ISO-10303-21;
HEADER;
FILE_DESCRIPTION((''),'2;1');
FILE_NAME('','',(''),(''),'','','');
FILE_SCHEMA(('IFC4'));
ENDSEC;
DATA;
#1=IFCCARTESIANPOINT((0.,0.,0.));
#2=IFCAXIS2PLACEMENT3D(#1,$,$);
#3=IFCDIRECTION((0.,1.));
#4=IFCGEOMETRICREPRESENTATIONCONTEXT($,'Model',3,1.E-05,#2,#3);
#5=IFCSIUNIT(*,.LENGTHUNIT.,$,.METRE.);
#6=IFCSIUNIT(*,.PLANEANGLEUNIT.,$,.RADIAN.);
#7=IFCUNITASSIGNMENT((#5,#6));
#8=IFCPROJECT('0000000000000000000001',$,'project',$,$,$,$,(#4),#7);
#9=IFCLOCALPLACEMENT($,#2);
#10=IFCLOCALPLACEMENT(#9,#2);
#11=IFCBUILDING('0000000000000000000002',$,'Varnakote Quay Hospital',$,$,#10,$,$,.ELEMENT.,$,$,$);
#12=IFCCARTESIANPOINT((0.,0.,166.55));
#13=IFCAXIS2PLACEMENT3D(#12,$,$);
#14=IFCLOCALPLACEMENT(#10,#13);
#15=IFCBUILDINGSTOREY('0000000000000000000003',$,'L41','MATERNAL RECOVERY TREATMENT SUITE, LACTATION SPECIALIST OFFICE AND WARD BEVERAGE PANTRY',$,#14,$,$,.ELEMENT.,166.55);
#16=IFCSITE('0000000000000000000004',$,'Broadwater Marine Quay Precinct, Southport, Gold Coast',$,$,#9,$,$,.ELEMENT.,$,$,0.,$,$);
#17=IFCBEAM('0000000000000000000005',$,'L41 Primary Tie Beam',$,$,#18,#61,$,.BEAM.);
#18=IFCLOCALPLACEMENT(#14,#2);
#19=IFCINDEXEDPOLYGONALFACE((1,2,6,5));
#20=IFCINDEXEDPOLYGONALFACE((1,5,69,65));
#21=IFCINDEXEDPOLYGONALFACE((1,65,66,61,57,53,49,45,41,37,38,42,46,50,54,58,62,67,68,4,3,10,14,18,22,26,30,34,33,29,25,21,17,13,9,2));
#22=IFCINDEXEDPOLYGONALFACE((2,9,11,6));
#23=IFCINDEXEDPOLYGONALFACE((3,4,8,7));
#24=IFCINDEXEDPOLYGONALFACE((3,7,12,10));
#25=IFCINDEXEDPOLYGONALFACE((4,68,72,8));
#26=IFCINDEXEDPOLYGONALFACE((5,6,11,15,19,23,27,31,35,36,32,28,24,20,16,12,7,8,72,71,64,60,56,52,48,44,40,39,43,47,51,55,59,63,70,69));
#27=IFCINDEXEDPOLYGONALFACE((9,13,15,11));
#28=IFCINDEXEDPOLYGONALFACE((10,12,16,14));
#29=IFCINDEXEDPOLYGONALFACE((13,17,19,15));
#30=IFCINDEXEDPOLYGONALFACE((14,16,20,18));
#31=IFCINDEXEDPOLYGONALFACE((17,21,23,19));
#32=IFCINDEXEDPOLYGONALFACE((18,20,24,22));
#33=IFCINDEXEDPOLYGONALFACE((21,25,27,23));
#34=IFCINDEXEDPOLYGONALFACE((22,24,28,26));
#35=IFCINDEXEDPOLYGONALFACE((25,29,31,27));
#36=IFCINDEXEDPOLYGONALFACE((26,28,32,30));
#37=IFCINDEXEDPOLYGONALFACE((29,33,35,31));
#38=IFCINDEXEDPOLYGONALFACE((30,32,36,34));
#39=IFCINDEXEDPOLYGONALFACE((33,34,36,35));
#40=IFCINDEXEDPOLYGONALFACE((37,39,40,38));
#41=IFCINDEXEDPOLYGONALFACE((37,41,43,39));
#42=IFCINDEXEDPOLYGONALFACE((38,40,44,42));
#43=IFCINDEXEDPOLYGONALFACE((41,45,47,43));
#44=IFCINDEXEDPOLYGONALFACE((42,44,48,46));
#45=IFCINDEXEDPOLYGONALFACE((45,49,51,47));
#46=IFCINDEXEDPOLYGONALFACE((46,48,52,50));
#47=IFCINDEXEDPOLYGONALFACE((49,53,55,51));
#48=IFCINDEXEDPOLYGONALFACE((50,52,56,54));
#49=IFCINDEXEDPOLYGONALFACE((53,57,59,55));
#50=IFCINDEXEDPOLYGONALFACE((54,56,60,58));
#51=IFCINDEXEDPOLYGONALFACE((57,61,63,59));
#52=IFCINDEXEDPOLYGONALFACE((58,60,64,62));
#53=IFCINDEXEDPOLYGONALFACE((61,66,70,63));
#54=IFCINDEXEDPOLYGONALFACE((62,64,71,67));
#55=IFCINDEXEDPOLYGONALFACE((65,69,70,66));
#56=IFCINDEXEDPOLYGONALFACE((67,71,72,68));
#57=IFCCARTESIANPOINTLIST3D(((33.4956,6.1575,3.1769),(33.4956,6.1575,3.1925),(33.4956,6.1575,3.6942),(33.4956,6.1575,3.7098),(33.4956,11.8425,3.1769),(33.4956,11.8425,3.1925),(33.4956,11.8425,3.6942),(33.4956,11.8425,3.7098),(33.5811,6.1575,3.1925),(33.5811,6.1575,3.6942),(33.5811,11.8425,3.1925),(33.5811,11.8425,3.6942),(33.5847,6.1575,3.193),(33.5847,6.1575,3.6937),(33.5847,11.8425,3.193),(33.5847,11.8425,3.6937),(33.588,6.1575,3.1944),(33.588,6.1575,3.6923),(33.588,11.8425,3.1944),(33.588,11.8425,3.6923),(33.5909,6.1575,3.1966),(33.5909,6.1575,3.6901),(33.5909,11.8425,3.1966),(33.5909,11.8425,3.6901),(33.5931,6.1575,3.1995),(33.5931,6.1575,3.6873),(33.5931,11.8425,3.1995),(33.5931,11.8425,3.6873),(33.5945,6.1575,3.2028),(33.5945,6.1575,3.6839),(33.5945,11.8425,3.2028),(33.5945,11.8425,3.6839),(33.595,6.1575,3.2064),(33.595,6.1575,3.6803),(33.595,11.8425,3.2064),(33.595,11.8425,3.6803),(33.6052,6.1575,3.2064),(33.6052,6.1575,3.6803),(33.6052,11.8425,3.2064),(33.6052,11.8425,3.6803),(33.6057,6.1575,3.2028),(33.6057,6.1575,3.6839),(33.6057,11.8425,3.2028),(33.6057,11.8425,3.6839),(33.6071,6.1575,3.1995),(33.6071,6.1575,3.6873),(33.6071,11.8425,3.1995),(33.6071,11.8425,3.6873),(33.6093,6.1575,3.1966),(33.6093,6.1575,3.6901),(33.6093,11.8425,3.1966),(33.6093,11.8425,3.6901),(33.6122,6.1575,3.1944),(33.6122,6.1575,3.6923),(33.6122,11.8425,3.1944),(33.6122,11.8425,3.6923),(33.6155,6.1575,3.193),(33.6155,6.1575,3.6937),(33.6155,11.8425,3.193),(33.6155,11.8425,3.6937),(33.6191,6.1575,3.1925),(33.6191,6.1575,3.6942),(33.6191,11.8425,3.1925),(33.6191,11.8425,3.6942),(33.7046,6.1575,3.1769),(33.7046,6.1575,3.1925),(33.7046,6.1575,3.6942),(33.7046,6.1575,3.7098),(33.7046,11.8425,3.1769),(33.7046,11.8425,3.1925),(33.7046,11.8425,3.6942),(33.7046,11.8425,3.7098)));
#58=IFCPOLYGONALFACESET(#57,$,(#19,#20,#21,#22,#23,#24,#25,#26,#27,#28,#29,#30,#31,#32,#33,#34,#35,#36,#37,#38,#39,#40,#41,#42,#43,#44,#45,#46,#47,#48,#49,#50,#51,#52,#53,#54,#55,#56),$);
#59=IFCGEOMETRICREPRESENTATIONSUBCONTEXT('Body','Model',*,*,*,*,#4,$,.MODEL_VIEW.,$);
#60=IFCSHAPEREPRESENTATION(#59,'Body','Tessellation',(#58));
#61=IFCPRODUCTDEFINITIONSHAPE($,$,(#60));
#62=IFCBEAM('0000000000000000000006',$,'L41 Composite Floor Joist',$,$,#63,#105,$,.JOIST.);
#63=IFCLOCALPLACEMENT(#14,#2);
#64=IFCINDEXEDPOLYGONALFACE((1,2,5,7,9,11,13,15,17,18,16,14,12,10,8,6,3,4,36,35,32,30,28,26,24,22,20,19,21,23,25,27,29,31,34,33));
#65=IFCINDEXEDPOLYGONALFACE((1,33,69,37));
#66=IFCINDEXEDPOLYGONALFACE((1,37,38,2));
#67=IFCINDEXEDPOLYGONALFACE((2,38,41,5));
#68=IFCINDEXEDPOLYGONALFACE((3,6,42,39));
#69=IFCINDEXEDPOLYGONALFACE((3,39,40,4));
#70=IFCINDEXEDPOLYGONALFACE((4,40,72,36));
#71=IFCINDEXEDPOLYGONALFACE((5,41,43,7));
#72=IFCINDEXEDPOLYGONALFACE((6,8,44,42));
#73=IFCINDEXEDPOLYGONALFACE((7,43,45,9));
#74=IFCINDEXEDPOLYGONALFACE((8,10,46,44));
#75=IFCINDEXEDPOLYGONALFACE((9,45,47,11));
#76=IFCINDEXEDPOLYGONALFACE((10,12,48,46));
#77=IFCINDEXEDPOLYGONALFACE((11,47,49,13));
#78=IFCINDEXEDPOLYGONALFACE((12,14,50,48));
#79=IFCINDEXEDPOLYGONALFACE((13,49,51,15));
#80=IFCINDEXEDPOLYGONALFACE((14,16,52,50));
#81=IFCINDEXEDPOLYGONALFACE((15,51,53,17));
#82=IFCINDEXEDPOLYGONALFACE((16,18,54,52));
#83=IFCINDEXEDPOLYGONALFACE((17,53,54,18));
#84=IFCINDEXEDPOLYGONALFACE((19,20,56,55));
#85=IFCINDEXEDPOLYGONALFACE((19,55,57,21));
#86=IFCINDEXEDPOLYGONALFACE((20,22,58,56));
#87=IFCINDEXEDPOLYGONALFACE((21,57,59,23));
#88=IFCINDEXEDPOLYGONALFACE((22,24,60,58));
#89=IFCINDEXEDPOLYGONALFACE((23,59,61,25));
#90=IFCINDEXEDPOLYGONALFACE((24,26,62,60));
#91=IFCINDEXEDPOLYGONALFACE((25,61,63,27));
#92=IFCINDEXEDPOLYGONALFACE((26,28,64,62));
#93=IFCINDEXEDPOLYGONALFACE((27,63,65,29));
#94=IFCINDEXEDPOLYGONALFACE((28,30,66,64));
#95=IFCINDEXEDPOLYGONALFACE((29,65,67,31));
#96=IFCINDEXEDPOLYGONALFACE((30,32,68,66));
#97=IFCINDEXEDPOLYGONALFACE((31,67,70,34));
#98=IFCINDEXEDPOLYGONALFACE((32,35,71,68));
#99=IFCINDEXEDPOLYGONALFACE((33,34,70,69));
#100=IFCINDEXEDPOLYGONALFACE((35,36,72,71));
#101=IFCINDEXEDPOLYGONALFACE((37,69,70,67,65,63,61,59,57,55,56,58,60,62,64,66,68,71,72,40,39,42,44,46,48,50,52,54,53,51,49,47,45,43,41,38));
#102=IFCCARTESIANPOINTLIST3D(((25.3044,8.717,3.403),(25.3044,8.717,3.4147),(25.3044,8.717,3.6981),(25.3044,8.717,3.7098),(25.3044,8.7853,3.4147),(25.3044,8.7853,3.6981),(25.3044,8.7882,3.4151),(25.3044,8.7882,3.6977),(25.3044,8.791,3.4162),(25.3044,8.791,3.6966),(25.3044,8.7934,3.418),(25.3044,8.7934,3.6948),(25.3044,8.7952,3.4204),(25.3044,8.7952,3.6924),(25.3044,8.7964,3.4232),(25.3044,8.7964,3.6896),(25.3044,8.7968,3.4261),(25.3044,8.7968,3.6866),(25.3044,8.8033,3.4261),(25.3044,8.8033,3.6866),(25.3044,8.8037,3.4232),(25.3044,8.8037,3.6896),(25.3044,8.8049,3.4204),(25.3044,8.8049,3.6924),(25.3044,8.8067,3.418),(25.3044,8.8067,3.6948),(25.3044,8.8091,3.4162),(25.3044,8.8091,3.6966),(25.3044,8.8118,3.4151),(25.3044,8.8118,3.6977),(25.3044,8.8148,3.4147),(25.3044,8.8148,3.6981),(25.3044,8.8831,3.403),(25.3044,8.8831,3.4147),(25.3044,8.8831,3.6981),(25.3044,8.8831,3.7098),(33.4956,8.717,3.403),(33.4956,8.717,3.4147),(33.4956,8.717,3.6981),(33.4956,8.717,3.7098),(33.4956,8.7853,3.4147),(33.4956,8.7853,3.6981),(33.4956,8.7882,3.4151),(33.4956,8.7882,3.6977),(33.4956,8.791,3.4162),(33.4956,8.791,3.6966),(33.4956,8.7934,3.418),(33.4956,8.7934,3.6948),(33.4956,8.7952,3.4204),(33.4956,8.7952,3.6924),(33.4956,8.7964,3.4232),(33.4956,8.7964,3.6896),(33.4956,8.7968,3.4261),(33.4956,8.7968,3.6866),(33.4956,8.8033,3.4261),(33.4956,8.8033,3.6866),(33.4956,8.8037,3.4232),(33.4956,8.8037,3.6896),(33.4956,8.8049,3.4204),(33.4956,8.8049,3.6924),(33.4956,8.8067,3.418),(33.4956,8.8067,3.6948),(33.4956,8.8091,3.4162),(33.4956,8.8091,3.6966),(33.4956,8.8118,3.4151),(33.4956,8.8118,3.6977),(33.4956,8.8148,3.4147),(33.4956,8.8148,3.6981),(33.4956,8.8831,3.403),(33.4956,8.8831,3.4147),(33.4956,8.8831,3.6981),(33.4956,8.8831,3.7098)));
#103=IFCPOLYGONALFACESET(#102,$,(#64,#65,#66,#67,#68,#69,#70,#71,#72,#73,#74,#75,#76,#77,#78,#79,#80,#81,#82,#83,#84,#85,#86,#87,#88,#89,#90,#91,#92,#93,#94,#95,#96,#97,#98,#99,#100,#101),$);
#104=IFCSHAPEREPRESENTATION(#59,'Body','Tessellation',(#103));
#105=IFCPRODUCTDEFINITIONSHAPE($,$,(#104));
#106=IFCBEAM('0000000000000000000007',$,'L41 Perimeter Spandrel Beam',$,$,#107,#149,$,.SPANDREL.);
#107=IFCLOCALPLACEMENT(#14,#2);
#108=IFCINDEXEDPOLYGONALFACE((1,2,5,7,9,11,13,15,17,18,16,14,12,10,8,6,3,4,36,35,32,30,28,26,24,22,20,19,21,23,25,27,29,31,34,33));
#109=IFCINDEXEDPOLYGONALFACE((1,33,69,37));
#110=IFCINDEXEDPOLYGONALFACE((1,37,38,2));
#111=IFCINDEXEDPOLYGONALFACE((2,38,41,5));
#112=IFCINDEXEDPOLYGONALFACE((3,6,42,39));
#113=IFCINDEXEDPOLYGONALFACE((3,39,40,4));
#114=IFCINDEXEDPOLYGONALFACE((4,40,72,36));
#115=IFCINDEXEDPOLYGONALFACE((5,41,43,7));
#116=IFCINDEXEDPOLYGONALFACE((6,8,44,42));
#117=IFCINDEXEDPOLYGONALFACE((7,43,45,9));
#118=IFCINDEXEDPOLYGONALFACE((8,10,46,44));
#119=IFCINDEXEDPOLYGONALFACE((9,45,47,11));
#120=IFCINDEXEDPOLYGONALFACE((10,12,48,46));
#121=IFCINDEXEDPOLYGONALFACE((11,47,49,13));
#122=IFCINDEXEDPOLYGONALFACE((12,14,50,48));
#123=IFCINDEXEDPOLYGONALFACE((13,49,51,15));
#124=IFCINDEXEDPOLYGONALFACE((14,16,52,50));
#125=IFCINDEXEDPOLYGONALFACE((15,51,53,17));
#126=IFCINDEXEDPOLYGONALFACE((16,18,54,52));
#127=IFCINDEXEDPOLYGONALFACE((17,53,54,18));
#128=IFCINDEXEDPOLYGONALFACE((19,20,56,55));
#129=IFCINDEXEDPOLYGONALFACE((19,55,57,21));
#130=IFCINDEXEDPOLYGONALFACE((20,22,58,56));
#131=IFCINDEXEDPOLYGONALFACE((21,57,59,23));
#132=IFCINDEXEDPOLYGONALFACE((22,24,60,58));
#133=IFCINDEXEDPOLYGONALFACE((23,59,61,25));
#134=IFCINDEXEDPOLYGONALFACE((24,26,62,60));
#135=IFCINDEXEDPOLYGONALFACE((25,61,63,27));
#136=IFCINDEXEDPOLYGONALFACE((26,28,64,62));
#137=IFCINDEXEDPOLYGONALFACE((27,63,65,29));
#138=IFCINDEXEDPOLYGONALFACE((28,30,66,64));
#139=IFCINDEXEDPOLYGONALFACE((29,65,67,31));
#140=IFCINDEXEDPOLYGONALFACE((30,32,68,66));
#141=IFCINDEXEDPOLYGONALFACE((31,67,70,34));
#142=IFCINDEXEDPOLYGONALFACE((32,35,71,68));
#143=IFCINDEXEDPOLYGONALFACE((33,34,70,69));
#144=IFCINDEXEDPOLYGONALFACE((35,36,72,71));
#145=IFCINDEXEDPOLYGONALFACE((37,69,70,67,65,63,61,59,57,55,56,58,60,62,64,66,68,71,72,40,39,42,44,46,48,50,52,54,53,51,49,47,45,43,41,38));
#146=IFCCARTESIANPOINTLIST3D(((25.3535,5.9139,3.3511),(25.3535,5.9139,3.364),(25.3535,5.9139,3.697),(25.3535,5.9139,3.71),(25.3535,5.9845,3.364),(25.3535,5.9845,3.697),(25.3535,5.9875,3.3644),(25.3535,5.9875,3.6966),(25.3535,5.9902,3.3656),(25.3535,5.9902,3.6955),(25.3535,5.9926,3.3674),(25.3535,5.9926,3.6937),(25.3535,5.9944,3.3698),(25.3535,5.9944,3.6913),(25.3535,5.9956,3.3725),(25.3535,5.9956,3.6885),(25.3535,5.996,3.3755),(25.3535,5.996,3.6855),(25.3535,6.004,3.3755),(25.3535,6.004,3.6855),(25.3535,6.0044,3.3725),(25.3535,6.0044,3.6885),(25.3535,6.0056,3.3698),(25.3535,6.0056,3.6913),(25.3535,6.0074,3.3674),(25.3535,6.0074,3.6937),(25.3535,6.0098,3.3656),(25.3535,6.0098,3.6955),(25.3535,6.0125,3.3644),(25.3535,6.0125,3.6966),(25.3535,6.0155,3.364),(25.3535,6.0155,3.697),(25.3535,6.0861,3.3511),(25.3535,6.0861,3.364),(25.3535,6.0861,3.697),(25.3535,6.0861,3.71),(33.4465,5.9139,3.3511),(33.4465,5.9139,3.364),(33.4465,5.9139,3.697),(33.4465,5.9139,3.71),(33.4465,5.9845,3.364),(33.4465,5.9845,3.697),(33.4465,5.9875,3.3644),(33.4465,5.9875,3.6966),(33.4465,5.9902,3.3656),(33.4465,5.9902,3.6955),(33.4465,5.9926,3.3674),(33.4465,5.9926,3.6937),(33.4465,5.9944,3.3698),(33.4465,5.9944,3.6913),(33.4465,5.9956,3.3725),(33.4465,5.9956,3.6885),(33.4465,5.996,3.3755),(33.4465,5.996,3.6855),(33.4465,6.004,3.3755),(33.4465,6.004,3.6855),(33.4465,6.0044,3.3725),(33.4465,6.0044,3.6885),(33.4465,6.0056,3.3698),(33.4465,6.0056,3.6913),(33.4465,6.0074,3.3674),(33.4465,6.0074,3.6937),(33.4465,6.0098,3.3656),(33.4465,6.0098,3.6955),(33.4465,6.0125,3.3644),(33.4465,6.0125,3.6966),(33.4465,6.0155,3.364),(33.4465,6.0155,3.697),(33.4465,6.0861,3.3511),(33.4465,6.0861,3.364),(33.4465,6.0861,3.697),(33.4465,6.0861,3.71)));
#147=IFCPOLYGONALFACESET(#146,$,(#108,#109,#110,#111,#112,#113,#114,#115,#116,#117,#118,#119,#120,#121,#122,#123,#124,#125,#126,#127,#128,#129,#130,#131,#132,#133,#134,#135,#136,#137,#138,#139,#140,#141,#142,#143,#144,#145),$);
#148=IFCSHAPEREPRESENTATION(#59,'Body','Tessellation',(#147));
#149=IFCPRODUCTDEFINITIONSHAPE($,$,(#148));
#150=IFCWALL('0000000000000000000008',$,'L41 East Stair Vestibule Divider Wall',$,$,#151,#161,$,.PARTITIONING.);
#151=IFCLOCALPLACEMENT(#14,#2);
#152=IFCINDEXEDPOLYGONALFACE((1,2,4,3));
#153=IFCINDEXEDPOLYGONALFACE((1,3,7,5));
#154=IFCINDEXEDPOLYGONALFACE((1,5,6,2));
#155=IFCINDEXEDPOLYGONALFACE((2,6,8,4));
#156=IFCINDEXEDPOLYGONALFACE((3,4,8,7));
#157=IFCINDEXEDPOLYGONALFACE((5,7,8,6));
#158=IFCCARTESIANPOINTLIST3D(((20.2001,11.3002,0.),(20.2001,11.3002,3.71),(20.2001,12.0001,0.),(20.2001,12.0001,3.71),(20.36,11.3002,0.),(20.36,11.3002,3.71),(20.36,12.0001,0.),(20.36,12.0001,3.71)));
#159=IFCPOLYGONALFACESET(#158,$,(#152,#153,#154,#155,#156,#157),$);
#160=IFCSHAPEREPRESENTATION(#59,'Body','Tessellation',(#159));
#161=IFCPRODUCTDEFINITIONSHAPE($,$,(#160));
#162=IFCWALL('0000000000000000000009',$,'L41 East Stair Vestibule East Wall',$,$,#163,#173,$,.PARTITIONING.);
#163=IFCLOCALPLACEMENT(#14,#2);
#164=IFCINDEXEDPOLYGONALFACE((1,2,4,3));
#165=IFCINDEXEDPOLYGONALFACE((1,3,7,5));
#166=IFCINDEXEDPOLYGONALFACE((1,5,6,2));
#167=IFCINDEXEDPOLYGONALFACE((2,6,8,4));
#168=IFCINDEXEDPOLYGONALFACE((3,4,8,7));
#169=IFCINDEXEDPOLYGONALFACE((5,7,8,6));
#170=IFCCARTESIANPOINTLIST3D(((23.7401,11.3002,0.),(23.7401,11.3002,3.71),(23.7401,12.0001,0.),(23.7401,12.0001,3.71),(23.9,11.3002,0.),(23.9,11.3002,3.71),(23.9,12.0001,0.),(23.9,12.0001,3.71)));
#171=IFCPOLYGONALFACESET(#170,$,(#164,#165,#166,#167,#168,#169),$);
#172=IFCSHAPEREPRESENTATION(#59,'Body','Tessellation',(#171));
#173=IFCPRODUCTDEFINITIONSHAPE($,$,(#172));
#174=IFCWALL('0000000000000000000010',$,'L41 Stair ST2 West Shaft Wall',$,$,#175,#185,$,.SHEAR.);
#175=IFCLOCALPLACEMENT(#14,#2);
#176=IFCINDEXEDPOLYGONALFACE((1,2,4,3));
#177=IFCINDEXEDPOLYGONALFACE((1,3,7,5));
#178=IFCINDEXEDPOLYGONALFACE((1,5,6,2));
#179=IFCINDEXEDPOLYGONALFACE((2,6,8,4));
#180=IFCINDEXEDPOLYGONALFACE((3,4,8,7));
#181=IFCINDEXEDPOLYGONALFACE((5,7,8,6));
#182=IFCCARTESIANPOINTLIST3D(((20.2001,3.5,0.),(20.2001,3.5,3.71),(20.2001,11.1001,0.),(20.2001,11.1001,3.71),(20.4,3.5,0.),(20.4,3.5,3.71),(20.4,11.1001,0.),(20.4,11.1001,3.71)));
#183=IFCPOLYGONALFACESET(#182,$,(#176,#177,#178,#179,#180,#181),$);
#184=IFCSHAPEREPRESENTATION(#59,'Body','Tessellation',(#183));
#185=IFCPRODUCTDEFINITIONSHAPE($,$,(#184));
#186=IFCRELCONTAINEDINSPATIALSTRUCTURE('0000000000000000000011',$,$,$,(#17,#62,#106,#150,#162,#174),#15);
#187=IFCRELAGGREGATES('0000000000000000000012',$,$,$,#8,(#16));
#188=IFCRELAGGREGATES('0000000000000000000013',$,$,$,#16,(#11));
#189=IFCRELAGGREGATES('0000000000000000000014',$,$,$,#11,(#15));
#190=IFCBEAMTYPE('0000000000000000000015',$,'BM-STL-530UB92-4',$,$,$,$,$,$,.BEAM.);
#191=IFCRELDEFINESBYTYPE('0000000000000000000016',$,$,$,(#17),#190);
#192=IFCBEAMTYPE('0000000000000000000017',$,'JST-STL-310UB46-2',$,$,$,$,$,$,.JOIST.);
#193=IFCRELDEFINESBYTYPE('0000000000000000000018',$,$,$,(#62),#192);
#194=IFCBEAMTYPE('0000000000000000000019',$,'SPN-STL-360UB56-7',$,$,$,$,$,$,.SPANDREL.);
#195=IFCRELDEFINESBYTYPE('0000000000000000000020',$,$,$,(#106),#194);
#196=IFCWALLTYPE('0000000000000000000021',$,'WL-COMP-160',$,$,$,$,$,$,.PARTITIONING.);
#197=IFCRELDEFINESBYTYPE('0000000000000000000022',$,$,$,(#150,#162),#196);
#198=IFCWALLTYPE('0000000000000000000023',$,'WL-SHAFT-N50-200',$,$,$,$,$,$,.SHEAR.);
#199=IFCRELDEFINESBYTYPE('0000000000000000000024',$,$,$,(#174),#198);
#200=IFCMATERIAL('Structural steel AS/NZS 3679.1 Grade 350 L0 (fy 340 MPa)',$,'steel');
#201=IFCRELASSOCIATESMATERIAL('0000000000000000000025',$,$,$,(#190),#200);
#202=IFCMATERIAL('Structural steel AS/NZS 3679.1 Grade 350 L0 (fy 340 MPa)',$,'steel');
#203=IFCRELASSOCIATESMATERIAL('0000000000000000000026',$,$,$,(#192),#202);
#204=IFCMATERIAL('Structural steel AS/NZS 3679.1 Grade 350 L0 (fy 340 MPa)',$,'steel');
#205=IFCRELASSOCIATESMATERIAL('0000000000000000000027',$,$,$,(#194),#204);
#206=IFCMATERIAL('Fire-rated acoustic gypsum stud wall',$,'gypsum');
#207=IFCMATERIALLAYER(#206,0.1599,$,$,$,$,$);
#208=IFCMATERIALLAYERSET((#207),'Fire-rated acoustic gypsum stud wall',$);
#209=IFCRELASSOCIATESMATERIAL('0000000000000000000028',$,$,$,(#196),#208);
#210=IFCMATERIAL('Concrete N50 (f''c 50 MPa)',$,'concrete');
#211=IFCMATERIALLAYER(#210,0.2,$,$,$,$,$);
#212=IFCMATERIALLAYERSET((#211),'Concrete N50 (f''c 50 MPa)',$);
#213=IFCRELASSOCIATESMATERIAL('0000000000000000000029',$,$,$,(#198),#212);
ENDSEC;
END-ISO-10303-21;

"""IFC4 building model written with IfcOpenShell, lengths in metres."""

from ifc_helpers import new_model, si_unit, direction, frame, frame_2d, origin, origin_2d, place, context, subcontext, project, spatial, rectangle, i_section, extrude, material, layer, layer_set, material_profile, profile_set, type_object, element, save


model = new_model("IFC4")

# Units and contexts
model_context = context("Model", 3, precision=1e-05, world=origin(), true_north=direction((0.0, 1.0)))
body_context = subcontext(model_context, "Body", "Model", "MODEL_VIEW")
ifc_project = project(units=[si_unit("LENGTHUNIT", "METRE"), si_unit("PLANEANGLEUNIT", "RADIAN")], contexts=[model_context])

# Site, building, storey
site_placement = place(None, origin())
site = spatial("IfcSite", under=ifc_project, at=site_placement, Name="Broadwater Marine Quay Precinct, Southport, Gold Coast", CompositionType="ELEMENT", RefElevation=0.0)
building_placement = place(site_placement, origin())
building = spatial("IfcBuilding", under=site, at=building_placement, Name="Varnakote Quay Hospital", CompositionType="ELEMENT")
storey_placement = place(building_placement, frame((0.0, 0.0, 166.55)))
storey = spatial("IfcBuildingStorey", under=building, at=storey_placement, Name="L41", Description="MATERNAL RECOVERY TREATMENT SUITE, LACTATION SPECIALIST OFFICE AND WARD BEVERAGE PANTRY", CompositionType="ELEMENT", Elevation=166.55)

# Beams
ifc_material_1 = material(Name="Structural steel AS/NZS 3679.1 Grade 350 L0 (fy 340 MPa)", Category="steel")
ifc_material_profile_1 = material_profile(ifc_material_1, i_section(OverallWidth=0.209, OverallDepth=0.533, WebThickness=0.0103, FlangeThickness=0.0156, FilletRadius=0.0139, at=origin_2d()), Name="530UB92.4")
ifc_profile_set_1 = profile_set([ifc_material_profile_1], Name="Structural steel AS/NZS 3679.1 Grade 350 L0 (fy 340 MPa)")
beam_type_1 = type_object("IfcBeamType", Name="BM-STL-530UB92-4", PredefinedType="BEAM", material=ifc_profile_set_1)
for number, where, z_axis, x_axis, name in (
    (1, (33.6001, 6.1575, 3.4434), (0.0, 1.0, 0.0), (-1.0, 0.0, 0.0), "L41 Primary Tie Beam"),
):
    element("IfcBeam", number, at=place(storey_placement, frame(where, z_axis=z_axis, x_axis=x_axis)), inside=storey, type_object=beam_type_1, Name=name, PredefinedType="BEAM", context=body_context, shape_type="SweptSolid", body=[
        extrude(i_section(OverallWidth=0.209, OverallDepth=0.533, WebThickness=0.0103, FlangeThickness=0.0156, FilletRadius=0.0139, at=origin_2d()), origin(), (0.0, 0.0, 1.0), 5.6851),
    ])
ifc_material_2 = material(Name="Structural steel AS/NZS 3679.1 Grade 350 L0 (fy 340 MPa)", Category="steel")
ifc_material_profile_2 = material_profile(ifc_material_2, i_section(OverallWidth=0.166, OverallDepth=0.3069, WebThickness=0.0066, FlangeThickness=0.0117, FilletRadius=0.0115, at=origin_2d()), Name="310UB46.2")
ifc_profile_set_2 = profile_set([ifc_material_profile_2], Name="Structural steel AS/NZS 3679.1 Grade 350 L0 (fy 340 MPa)")
beam_type_2 = type_object("IfcBeamType", Name="JST-STL-310UB46-2", PredefinedType="JOIST", material=ifc_profile_set_2)
beam_1_placement = place(storey_placement, frame((25.3044, 8.8, 3.5564), z_axis=(1.0, 0.0, 0.0), x_axis=(0.0, 1.0, 0.0)))
element("IfcBeam", 2, at=beam_1_placement, inside=storey, type_object=beam_type_2, Name="L41 Composite Floor Joist", PredefinedType="JOIST", context=body_context, shape_type="SweptSolid", body=[
    extrude(i_section(OverallWidth=0.166, OverallDepth=0.3069, WebThickness=0.0066, FlangeThickness=0.0117, FilletRadius=0.0115, at=origin_2d()), origin(), (0.0, 0.0, 1.0), 8.1912),
])
ifc_material_3 = material(Name="Structural steel AS/NZS 3679.1 Grade 350 L0 (fy 340 MPa)", Category="steel")
ifc_material_profile_3 = material_profile(ifc_material_3, i_section(OverallWidth=0.1721, OverallDepth=0.3589, WebThickness=0.0081, FlangeThickness=0.0129, FilletRadius=0.0115, at=origin_2d()), Name="360UB56.7")
ifc_profile_set_3 = profile_set([ifc_material_profile_3], Name="Structural steel AS/NZS 3679.1 Grade 350 L0 (fy 340 MPa)")
beam_type_3 = type_object("IfcBeamType", Name="SPN-STL-360UB56-7", PredefinedType="SPANDREL", material=ifc_profile_set_3)
beam_2_placement = place(storey_placement, frame((25.3535, 6.0, 3.5305), z_axis=(1.0, 0.0, 0.0), x_axis=(0.0, 1.0, 0.0)))
element("IfcBeam", 3, at=beam_2_placement, inside=storey, type_object=beam_type_3, Name="L41 Perimeter Spandrel Beam", PredefinedType="SPANDREL", context=body_context, shape_type="SweptSolid", body=[
    extrude(i_section(OverallWidth=0.1721, OverallDepth=0.3589, WebThickness=0.0081, FlangeThickness=0.0129, FilletRadius=0.0115, at=origin_2d()), origin(), (0.0, 0.0, 1.0), 8.093),
])

# Walls
ifc_material_4 = material(Name="Fire-rated acoustic gypsum stud wall", Category="gypsum")
ifc_layer_1 = layer(ifc_material_4, 0.1599)
ifc_layer_set_1 = layer_set([ifc_layer_1], Name="Fire-rated acoustic gypsum stud wall")
wall_type_1 = type_object("IfcWallType", Name="WL-COMP-160", PredefinedType="PARTITIONING", material=ifc_layer_set_1)
for number, where, z_axis, x_axis, name in (
    (4, (20.28, 11.3, 0.0), (0.0, 0.0, 1.0), (0.0, 1.0, 0.0), "L41 East Stair Vestibule Divider Wall"),
    (5, (23.8201, 11.3, 0.0), (0.0, 0.0, 1.0), (0.0, 1.0, 0.0), "L41 East Stair Vestibule East Wall"),
):
    element("IfcWall", number, at=place(storey_placement, frame(where, z_axis=z_axis, x_axis=x_axis)), inside=storey, type_object=wall_type_1, Name=name, PredefinedType="PARTITIONING", context=body_context, shape_type="SweptSolid", body=[
        extrude(rectangle(XDim=0.7, YDim=0.1599, at=frame_2d((0.3501, 0.0))), origin(), (0.0, 0.0, 1.0), 3.71),
    ])
ifc_material_5 = material(Name="Concrete N50 (f'c 50 MPa)", Category="concrete")
ifc_layer_2 = layer(ifc_material_5, 0.2)
ifc_layer_set_2 = layer_set([ifc_layer_2], Name="Concrete N50 (f'c 50 MPa)")
wall_type_2 = type_object("IfcWallType", Name="WL-SHAFT-N50-200", PredefinedType="SHEAR", material=ifc_layer_set_2)
for number, where, z_axis, x_axis, name in (
    (6, (20.3, 3.5, 0.0), (0.0, 0.0, 1.0), (0.0, 1.0, 0.0), "L41 Stair ST2 West Shaft Wall"),
):
    element("IfcWall", number, at=place(storey_placement, frame(where, z_axis=z_axis, x_axis=x_axis)), inside=storey, type_object=wall_type_2, Name=name, PredefinedType="SHEAR", context=body_context, shape_type="SweptSolid", body=[
        extrude(rectangle(XDim=7.6001, YDim=0.2, at=frame_2d((3.8, 0.0))), origin(), (0.0, 0.0, 1.0), 3.71),
    ])

save(model, "model.ifc")
